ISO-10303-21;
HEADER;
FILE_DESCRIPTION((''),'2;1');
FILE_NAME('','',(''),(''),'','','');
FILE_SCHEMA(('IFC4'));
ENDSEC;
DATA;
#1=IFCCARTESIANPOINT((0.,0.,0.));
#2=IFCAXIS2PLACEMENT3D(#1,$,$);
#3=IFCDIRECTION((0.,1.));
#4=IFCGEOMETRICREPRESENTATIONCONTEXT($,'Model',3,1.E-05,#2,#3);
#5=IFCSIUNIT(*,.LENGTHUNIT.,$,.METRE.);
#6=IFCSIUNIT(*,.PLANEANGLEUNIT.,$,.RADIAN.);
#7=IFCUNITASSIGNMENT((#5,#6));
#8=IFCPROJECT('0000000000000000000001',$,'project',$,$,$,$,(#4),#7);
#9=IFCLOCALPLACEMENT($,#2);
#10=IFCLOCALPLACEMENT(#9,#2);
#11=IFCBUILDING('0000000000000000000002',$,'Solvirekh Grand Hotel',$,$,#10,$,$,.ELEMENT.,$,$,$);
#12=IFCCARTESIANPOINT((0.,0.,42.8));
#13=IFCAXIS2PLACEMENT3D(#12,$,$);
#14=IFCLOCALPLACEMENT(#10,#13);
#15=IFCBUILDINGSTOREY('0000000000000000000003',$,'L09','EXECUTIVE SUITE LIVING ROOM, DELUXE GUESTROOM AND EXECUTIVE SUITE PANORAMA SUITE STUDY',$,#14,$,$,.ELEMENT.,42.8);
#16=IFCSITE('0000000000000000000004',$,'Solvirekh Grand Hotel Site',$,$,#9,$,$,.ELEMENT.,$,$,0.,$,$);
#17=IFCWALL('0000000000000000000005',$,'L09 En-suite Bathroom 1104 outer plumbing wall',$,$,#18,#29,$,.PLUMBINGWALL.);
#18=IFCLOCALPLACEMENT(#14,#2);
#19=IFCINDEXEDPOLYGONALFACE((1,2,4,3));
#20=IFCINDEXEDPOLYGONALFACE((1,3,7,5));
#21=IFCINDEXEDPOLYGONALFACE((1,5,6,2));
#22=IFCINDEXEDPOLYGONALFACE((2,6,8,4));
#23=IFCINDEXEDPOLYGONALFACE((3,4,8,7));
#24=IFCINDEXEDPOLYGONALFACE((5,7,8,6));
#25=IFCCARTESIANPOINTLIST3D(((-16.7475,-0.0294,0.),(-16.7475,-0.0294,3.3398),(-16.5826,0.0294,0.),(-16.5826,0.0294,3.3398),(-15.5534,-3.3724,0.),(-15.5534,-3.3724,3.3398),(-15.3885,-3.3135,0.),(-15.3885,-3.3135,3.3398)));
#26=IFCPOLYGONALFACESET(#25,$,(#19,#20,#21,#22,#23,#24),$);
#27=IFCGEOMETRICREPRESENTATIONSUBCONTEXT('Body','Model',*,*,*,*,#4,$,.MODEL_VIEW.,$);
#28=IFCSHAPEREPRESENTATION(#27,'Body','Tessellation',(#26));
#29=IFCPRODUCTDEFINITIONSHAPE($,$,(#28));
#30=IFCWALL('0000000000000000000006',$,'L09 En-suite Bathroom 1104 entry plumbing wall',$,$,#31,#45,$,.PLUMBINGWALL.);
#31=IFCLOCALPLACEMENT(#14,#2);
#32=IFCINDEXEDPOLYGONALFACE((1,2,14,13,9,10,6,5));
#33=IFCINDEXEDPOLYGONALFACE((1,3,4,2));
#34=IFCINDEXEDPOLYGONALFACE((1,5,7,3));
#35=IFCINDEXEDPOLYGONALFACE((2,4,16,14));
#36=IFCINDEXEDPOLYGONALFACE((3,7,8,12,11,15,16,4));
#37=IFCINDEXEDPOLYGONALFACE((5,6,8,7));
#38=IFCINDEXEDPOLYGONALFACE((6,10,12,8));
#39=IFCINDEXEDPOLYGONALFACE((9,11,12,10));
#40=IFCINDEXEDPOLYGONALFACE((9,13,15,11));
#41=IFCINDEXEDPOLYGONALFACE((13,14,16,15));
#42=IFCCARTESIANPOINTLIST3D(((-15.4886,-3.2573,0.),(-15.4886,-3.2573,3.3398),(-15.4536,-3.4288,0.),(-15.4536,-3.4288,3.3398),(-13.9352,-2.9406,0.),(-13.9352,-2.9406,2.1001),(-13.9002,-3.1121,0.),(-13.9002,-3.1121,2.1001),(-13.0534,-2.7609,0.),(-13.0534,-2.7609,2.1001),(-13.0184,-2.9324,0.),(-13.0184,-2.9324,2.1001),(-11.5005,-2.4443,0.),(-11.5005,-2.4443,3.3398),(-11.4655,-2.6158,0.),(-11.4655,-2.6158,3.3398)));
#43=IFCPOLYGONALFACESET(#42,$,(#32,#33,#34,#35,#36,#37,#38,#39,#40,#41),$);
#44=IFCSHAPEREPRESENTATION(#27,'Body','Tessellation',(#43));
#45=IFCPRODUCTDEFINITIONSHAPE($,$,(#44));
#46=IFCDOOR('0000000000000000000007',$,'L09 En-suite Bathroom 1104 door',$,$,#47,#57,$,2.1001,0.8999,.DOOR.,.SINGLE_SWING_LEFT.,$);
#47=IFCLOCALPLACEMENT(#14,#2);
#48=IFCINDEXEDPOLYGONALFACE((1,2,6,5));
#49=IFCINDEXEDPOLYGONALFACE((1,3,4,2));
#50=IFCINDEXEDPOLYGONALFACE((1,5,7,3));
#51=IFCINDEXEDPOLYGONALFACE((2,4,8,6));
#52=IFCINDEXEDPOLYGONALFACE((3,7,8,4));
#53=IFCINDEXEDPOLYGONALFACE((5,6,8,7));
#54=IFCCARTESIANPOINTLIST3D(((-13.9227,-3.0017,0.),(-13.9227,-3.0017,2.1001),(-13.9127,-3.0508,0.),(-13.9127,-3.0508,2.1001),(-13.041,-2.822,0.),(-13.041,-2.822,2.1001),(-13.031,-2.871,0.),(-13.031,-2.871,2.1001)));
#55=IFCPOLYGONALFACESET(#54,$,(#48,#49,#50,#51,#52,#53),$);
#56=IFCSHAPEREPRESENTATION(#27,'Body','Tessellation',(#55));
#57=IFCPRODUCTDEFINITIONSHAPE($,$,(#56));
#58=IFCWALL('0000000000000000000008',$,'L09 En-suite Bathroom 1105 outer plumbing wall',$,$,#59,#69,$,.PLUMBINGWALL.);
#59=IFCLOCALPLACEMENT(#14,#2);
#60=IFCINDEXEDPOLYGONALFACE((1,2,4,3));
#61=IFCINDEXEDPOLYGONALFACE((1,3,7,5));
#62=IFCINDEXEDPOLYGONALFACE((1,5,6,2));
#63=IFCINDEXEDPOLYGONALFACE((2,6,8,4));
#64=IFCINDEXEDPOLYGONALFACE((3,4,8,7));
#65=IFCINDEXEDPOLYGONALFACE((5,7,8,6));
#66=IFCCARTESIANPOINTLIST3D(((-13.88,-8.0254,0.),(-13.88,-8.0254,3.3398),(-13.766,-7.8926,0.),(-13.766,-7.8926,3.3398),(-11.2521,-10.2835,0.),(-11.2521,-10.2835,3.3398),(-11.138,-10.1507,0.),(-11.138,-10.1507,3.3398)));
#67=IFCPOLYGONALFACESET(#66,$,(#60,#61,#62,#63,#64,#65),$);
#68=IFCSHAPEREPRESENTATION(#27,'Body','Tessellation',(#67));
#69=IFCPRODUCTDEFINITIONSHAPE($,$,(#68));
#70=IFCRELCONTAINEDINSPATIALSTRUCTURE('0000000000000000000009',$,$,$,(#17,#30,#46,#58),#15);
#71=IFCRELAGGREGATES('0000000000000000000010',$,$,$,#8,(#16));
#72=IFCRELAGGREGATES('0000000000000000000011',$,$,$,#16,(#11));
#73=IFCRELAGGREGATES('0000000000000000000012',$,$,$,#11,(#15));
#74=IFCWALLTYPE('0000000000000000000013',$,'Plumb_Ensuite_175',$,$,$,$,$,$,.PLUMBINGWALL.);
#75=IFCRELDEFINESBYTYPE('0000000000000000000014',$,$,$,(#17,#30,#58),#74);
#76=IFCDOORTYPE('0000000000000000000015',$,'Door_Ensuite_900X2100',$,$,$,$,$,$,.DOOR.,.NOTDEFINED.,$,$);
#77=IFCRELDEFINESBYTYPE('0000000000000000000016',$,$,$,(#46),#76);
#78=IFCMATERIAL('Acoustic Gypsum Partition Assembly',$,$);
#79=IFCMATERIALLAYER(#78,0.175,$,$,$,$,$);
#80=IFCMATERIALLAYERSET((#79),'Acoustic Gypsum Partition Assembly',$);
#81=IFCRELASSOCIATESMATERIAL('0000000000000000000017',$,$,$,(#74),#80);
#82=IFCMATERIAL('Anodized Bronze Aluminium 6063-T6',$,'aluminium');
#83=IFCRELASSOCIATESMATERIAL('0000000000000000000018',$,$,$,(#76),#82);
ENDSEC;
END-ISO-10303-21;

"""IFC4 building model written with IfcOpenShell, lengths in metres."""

from ifc_helpers import new_model, si_unit, direction, frame, frame_2d, origin, place, context, subcontext, project, spatial, rectangle, extrude, material, layer, layer_set, type_object, element, fill, save


model = new_model("IFC4")

# Units and contexts
model_context = context("Model", 3, precision=1e-05, world=origin(), true_north=direction((0.0, 1.0)))
body_context = subcontext(model_context, "Body", "Model", "MODEL_VIEW")
ifc_project = project(units=[si_unit("LENGTHUNIT", "METRE"), si_unit("PLANEANGLEUNIT", "RADIAN")], contexts=[model_context])

# Site, building, storey
site_placement = place(None, origin())
site = spatial("IfcSite", under=ifc_project, at=site_placement, Name="Solvirekh Grand Hotel Site", CompositionType="ELEMENT", RefElevation=0.0)
building_placement = place(site_placement, origin())
building = spatial("IfcBuilding", under=site, at=building_placement, Name="Solvirekh Grand Hotel", CompositionType="ELEMENT")
storey_placement = place(building_placement, frame((0.0, 0.0, 42.8)))
storey = spatial("IfcBuildingStorey", under=building, at=storey_placement, Name="L09", Description="EXECUTIVE SUITE LIVING ROOM, DELUXE GUESTROOM AND EXECUTIVE SUITE PANORAMA SUITE STUDY", CompositionType="ELEMENT", Elevation=42.8)

# Shared definitions
ifc_material_1 = material(Name="Anodized Bronze Aluminium 6063-T6", Category="aluminium")

# Shared definitions
ifc_material_2 = material(Name="Acoustic Gypsum Partition Assembly")

# Wall
ifc_layer_1 = layer(ifc_material_2, 0.175)
ifc_layer_set_1 = layer_set([ifc_layer_1], Name="Acoustic Gypsum Partition Assembly")
wall_type_1 = type_object("IfcWallType", Name="Plumb_Ensuite_175", PredefinedType="PLUMBINGWALL", material=ifc_layer_set_1)
wall_1_placement = place(storey_placement, frame((-16.665, 0.0, 0.0), z_axis=(0.0, 0.0, 1.0), x_axis=(0.336376, -0.941728, 0.0)))
element("IfcWall", 1, at=wall_1_placement, inside=storey, type_object=wall_type_1, Name="L09 En-suite Bathroom 1104 outer plumbing wall", PredefinedType="PLUMBINGWALL", context=body_context, shape_type="SweptSolid", body=[
    extrude(rectangle(XDim=3.5498, YDim=0.175, at=frame_2d((1.7749, 0.0))), origin(), (0.0, 0.0, 1.0), 3.3398),
])

# Wall, opening, door
wall_2_placement = place(storey_placement, frame((-11.4829, -2.53, 0.0), z_axis=(0.0, 0.0, 1.0), x_axis=(-0.979847, -0.199748, 0.0)))
wall_2 = element("IfcWall", 2, at=wall_2_placement, inside=storey, type_object=wall_type_1, Name="L09 En-suite Bathroom 1104 entry plumbing wall", PredefinedType="PLUMBINGWALL", context=body_context, shape_type="SweptSolid", body=[
    extrude(rectangle(XDim=4.0701, YDim=0.175, at=frame_2d((2.0352, 0.0))), origin(), (0.0, 0.0, 1.0), 3.3398),
])
opening_1_placement = place(wall_2_placement, frame((1.585, 0.0, 0.0)))
opening_1 = element("IfcOpeningElement", 3, at=opening_1_placement, cuts=wall_2, PredefinedType="OPENING", context=body_context, shape_type="SweptSolid", body=[
    extrude(rectangle(XDim=0.8999, YDim=2.1001, at=frame_2d((0.45, 1.05))), frame((0.0, 0.0977, 0.0), z_axis=(0.0, -1.0, 0.0), x_axis=(1.0, 0.0, 0.0)), (0.0, 0.0, 1.0), 0.1951),
])
door_type_1 = type_object("IfcDoorType", Name="Door_Ensuite_900X2100", OperationType="NOTDEFINED", PredefinedType="DOOR", material=ifc_material_1)
door_1_placement = place(opening_1_placement, origin())
door_1 = element("IfcDoor", 4, at=door_1_placement, inside=storey, type_object=door_type_1, Name="L09 En-suite Bathroom 1104 door", OperationType="SINGLE_SWING_LEFT", OverallHeight=2.1001, OverallWidth=0.8999, PredefinedType="DOOR", context=body_context, shape_type="SweptSolid", body=[
    extrude(rectangle(XDim=0.8999, YDim=2.1001, at=frame_2d((0.45, 1.05))), frame((0.0, 0.0249, 0.0), z_axis=(0.0, -1.0, 0.0), x_axis=(1.0, 0.0, 0.0)), (0.0, 0.0, 1.0), 0.05),
])
fill(opening_1, door_1)

# Wall
wall_3_placement = place(storey_placement, frame((-13.823, -7.959, 0.0), z_axis=(0.0, 0.0, 1.0), x_axis=(0.758465, -0.651714, 0.0)))
element("IfcWall", 5, at=wall_3_placement, inside=storey, type_object=wall_type_1, Name="L09 En-suite Bathroom 1105 outer plumbing wall", PredefinedType="PLUMBINGWALL", context=body_context, shape_type="SweptSolid", body=[
    extrude(rectangle(XDim=3.4648, YDim=0.175, at=frame_2d((1.7324, 0.0))), origin(), (0.0, 0.0, 1.0), 3.3398),
])

save(model, "model.ifc")
